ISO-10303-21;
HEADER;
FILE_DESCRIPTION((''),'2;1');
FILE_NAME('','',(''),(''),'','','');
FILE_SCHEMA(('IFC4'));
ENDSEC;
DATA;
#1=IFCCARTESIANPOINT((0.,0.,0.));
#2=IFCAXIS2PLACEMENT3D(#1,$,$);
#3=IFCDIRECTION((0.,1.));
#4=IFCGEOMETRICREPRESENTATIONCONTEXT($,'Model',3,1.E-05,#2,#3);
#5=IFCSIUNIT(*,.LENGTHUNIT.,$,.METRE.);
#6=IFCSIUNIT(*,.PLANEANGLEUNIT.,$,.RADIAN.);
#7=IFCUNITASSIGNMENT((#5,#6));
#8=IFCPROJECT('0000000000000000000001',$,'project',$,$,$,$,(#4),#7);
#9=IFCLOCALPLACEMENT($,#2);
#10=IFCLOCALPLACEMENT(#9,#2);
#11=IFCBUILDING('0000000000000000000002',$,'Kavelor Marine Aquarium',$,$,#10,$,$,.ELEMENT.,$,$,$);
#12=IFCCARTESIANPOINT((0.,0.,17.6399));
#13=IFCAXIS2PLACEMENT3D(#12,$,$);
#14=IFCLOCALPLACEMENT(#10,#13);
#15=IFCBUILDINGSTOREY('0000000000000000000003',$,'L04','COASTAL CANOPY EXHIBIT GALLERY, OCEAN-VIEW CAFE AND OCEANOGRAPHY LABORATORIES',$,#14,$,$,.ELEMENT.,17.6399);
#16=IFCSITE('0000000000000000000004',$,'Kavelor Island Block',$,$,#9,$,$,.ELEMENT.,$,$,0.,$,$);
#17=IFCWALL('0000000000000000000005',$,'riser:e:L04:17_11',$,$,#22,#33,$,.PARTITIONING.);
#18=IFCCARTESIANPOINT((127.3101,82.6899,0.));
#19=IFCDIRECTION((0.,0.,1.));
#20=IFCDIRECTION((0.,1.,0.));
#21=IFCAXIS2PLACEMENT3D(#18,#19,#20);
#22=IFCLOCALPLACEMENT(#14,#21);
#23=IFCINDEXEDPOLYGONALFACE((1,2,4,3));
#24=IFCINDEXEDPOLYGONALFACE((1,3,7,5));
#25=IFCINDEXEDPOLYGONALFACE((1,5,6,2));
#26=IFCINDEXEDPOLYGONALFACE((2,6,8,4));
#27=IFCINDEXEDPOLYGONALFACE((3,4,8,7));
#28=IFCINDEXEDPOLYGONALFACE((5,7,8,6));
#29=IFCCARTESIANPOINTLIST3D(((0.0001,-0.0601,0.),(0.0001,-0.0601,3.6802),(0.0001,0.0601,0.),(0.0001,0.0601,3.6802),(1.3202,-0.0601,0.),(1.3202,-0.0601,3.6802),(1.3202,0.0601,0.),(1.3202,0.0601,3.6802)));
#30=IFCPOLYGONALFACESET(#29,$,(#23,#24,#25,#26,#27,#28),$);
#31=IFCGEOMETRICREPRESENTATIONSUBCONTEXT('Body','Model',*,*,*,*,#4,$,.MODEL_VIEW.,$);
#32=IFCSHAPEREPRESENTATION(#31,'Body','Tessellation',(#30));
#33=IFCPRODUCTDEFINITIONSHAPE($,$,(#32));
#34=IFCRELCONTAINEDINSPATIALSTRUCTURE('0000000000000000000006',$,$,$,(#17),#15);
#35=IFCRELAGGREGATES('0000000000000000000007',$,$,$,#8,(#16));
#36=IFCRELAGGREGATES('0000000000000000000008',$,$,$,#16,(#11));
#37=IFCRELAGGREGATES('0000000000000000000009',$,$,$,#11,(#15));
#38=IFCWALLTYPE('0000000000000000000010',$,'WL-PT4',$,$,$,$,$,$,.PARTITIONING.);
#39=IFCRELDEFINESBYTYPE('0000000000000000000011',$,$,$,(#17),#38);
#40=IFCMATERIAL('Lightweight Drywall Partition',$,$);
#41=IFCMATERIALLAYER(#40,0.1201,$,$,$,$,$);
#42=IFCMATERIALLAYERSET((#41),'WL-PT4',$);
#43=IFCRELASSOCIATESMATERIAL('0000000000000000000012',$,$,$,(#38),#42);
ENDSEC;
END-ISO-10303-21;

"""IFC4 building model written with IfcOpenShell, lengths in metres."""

from ifc_helpers import new_model, si_unit, direction, frame, frame_2d, origin, place, context, subcontext, project, spatial, rectangle, extrude, material, layer, layer_set, type_object, element, save


model = new_model("IFC4")

# Units and contexts
model_context = context("Model", 3, precision=1e-05, world=origin(), true_north=direction((0.0, 1.0)))
body_context = subcontext(model_context, "Body", "Model", "MODEL_VIEW")
ifc_project = project(units=[si_unit("LENGTHUNIT", "METRE"), si_unit("PLANEANGLEUNIT", "RADIAN")], contexts=[model_context])

# Site, building, storey
site_placement = place(None, origin())
site = spatial("IfcSite", under=ifc_project, at=site_placement, Name="Kavelor Island Block", CompositionType="ELEMENT", RefElevation=0.0)
building_placement = place(site_placement, origin())
building = spatial("IfcBuilding", under=site, at=building_placement, Name="Kavelor Marine Aquarium", CompositionType="ELEMENT")
storey_placement = place(building_placement, frame((0.0, 0.0, 17.6399)))
storey = spatial("IfcBuildingStorey", under=building, at=storey_placement, Name="L04", Description="COASTAL CANOPY EXHIBIT GALLERY, OCEAN-VIEW CAFE AND OCEANOGRAPHY LABORATORIES", CompositionType="ELEMENT", Elevation=17.6399)

# Wall
ifc_material_1 = material(Name="Lightweight Drywall Partition")
ifc_layer_1 = layer(ifc_material_1, 0.1201)
ifc_layer_set_1 = layer_set([ifc_layer_1], Name="WL-PT4")
wall_type = type_object("IfcWallType", Name="WL-PT4", PredefinedType="PARTITIONING", material=ifc_layer_set_1)
wall_1_placement = place(storey_placement, frame((127.3101, 82.6899, 0.0), z_axis=(0.0, 0.0, 1.0), x_axis=(0.0, 1.0, 0.0)))
element("IfcWall", 1, at=wall_1_placement, inside=storey, type_object=wall_type, Name="riser:e:L04:17_11", PredefinedType="PARTITIONING", context=body_context, shape_type="SweptSolid", body=[
    extrude(rectangle(XDim=1.3201, YDim=0.1201, at=frame_2d((0.6602, 0.0))), origin(), (0.0, 0.0, 1.0), 3.6802),
])

save(model, "model.ifc")
